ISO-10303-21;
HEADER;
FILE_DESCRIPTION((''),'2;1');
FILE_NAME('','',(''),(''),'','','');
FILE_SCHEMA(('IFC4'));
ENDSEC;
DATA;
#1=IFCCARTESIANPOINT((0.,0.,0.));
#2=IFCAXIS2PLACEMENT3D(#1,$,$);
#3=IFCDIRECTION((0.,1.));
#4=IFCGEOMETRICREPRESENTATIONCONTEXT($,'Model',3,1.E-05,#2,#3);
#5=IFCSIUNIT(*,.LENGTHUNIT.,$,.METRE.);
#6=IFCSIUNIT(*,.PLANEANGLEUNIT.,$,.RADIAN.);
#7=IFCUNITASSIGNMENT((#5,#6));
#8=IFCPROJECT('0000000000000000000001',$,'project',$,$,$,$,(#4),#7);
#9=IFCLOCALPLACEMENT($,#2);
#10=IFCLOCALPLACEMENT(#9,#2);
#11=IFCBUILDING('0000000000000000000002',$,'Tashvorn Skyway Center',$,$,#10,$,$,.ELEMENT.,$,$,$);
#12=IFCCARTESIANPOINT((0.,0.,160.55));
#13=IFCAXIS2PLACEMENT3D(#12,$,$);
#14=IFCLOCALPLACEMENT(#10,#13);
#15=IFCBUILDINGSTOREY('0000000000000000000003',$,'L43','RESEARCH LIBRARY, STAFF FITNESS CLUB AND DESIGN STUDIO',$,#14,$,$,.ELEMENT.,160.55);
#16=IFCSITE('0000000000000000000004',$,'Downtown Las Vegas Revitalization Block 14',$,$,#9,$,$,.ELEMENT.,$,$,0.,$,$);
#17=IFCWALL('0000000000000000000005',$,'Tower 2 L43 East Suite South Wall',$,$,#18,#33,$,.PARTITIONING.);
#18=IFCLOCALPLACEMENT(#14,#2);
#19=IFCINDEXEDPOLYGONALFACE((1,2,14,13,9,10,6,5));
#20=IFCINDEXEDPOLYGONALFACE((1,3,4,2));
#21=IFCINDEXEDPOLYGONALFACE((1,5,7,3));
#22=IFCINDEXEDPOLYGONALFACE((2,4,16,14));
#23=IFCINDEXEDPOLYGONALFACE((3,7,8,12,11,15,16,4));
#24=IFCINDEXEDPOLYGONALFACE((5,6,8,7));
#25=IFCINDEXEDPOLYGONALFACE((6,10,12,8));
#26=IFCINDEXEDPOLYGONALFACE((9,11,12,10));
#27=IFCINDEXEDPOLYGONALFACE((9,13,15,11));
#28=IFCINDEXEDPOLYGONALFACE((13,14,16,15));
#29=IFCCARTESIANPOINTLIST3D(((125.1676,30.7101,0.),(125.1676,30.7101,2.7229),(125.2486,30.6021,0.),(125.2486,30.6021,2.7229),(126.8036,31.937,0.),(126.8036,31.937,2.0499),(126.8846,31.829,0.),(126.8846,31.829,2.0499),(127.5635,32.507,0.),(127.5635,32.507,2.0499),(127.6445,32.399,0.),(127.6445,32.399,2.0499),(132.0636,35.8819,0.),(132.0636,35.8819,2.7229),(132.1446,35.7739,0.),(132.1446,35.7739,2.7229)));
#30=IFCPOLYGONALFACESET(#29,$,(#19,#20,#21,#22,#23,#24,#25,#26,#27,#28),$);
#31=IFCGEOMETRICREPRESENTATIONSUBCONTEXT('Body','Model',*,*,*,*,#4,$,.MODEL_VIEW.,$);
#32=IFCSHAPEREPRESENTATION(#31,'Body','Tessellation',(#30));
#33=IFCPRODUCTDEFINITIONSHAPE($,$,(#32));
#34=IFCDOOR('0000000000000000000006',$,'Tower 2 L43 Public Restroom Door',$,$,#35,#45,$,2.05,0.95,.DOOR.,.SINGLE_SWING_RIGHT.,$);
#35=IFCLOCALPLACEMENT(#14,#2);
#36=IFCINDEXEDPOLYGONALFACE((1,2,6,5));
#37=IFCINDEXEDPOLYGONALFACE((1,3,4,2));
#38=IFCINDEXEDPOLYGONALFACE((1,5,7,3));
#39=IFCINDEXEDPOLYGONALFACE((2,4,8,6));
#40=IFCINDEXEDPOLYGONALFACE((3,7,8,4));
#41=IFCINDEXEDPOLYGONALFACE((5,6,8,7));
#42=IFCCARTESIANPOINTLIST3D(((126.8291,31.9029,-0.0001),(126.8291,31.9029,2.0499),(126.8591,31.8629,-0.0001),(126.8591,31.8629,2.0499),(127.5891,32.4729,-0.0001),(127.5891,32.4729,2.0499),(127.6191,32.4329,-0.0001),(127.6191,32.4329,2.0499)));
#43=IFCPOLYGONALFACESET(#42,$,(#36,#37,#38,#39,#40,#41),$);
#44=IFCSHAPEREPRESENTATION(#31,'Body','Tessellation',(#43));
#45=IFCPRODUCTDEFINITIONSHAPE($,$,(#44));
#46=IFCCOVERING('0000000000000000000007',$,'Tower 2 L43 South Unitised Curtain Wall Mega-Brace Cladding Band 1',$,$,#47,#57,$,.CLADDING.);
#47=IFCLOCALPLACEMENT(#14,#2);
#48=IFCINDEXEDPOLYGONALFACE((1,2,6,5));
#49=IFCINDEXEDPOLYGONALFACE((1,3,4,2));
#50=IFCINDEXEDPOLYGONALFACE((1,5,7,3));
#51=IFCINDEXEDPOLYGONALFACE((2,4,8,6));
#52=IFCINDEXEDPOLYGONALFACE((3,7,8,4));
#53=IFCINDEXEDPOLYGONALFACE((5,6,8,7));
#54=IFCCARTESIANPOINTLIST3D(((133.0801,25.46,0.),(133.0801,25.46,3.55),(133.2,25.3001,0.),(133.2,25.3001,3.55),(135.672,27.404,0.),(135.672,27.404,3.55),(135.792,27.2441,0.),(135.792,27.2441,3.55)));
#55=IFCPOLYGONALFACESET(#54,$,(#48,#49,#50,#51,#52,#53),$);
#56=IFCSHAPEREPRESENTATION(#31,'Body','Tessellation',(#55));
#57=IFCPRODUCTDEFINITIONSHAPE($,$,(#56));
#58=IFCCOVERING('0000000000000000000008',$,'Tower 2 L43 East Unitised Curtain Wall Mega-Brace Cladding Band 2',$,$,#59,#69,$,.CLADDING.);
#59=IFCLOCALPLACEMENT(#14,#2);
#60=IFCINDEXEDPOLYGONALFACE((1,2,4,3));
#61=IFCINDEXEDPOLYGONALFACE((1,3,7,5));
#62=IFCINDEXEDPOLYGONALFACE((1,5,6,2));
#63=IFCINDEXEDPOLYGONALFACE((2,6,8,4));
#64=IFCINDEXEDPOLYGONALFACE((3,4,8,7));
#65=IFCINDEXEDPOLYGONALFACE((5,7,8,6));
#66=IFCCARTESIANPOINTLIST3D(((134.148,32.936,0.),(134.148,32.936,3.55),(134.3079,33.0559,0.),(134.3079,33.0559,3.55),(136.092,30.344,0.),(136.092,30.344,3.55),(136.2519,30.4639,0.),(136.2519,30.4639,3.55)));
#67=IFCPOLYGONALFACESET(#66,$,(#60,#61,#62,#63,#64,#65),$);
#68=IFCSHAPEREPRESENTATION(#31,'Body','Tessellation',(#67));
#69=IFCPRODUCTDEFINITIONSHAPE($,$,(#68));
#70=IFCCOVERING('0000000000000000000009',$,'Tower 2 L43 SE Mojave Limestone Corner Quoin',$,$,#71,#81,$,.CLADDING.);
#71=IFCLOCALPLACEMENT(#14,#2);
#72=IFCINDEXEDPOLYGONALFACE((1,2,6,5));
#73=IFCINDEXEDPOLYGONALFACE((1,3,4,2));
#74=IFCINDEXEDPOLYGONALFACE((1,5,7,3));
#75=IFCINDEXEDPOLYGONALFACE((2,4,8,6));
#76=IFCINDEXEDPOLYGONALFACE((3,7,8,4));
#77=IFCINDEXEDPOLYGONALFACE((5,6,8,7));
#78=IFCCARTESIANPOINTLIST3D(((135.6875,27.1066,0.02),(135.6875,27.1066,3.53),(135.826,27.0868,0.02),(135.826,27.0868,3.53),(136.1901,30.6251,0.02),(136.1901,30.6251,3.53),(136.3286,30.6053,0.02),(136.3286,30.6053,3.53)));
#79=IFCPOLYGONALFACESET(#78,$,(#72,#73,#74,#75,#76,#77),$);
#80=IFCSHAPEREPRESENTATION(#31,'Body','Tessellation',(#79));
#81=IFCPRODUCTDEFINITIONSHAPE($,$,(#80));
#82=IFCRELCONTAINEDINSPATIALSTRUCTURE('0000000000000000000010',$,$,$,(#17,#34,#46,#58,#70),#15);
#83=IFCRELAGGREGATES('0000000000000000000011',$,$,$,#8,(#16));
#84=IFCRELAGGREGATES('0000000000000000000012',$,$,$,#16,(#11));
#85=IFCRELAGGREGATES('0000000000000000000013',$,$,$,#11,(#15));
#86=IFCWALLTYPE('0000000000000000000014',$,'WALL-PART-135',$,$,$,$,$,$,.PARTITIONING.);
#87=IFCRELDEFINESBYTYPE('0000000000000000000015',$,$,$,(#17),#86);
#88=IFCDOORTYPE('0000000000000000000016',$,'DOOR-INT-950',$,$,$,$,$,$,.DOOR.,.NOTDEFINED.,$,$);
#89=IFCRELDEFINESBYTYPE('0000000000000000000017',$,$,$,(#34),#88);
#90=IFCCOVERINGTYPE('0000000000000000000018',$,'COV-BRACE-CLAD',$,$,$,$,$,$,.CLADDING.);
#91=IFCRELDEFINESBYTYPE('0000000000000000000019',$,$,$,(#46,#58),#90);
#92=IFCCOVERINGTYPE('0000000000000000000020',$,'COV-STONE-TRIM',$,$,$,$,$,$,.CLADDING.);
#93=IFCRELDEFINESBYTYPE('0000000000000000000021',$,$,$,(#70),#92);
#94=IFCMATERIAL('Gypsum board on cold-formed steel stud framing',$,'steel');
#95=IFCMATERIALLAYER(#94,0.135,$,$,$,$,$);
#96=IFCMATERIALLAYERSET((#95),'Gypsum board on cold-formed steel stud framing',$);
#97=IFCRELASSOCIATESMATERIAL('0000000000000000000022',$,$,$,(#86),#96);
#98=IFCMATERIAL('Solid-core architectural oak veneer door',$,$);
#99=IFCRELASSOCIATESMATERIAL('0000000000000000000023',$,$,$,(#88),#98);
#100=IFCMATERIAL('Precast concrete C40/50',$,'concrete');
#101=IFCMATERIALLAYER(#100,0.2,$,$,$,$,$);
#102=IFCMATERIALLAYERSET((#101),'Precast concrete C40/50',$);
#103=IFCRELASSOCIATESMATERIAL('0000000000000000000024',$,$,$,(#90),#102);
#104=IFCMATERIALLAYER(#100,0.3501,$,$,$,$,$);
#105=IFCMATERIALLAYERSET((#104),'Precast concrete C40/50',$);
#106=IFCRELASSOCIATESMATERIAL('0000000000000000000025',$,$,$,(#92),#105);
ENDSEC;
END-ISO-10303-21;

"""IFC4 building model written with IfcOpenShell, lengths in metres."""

from ifc_helpers import new_model, si_unit, direction, frame, frame_2d, origin, origin_2d, place, context, subcontext, project, spatial, rectangle, extrude, material, layer, layer_set, type_object, element, fill, save


model = new_model("IFC4")

# Units and contexts
model_context = context("Model", 3, precision=1e-05, world=origin(), true_north=direction((0.0, 1.0)))
body_context = subcontext(model_context, "Body", "Model", "MODEL_VIEW")
ifc_project = project(units=[si_unit("LENGTHUNIT", "METRE"), si_unit("PLANEANGLEUNIT", "RADIAN")], contexts=[model_context])

# Site, building, storey
site_placement = place(None, origin())
site = spatial("IfcSite", under=ifc_project, at=site_placement, Name="Downtown Las Vegas Revitalization Block 14", CompositionType="ELEMENT", RefElevation=0.0)
building_placement = place(site_placement, origin())
building = spatial("IfcBuilding", under=site, at=building_placement, Name="Tashvorn Skyway Center", CompositionType="ELEMENT")
storey_placement = place(building_placement, frame((0.0, 0.0, 160.55)))
storey = spatial("IfcBuildingStorey", under=building, at=storey_placement, Name="L43", Description="RESEARCH LIBRARY, STAFF FITNESS CLUB AND DESIGN STUDIO", CompositionType="ELEMENT", Elevation=160.55)

# Shared definitions
ifc_material_1 = material(Name="Precast concrete C40/50", Category="concrete")

# Shared definitions
ifc_material_2 = material(Name="Gypsum board on cold-formed steel stud framing", Category="steel")
ifc_layer_1 = layer(ifc_material_2, 0.135)
ifc_layer_set_1 = layer_set([ifc_layer_1], Name="Gypsum board on cold-formed steel stud framing")
wall_type_1 = type_object("IfcWallType", Name="WALL-PART-135", PredefinedType="PARTITIONING", material=ifc_layer_set_1)
ifc_material_3 = material(Name="Solid-core architectural oak veneer door")
door_type_1 = type_object("IfcDoorType", Name="DOOR-INT-950", OperationType="NOTDEFINED", PredefinedType="DOOR", material=ifc_material_3)

# Wall, opening, door
wall_1_placement = place(storey_placement, frame((125.208, 30.656, 0.0), z_axis=(0.0, 0.0, 1.0), x_axis=(0.800007, 0.599991, 0.0)))
wall_1 = element("IfcWall", 1, at=wall_1_placement, inside=storey, type_object=wall_type_1, Name="Tower 2 L43 East Suite South Wall", PredefinedType="PARTITIONING", context=body_context, shape_type="SweptSolid", body=[
    extrude(rectangle(XDim=8.6199, YDim=0.135, at=frame_2d((4.3101, 0.0))), origin(), (0.0, 0.0, 1.0), 2.7229),
])
opening_1_placement = place(wall_1_placement, frame((2.0449, 0.0, 0.0)))
opening_1 = element("IfcOpeningElement", 2, at=opening_1_placement, cuts=wall_1, PredefinedType="OPENING", context=body_context, shape_type="SweptSolid", body=[
    extrude(rectangle(XDim=0.95, YDim=2.05, at=frame_2d((0.4751, 1.0249))), frame((0.0, 0.0774, 0.0), z_axis=(0.0, -1.0, 0.0), x_axis=(1.0, 0.0, 0.0)), (0.0, 0.0, 1.0), 0.155),
])
door_1_placement = place(opening_1_placement, origin())
door_1 = element("IfcDoor", 3, at=door_1_placement, inside=storey, type_object=door_type_1, Name="Tower 2 L43 Public Restroom Door", OperationType="SINGLE_SWING_RIGHT", OverallHeight=2.05, OverallWidth=0.95, PredefinedType="DOOR", context=body_context, shape_type="SweptSolid", body=[
    extrude(rectangle(XDim=0.95, YDim=2.05, at=frame_2d((0.4751, 1.0249))), frame((0.0, 0.0249, 0.0), z_axis=(0.0, -1.0, 0.0), x_axis=(1.0, 0.0, 0.0)), (0.0, 0.0, 1.0), 0.05),
])
fill(opening_1, door_1)

# Coverings
ifc_layer_2 = layer(ifc_material_1, 0.2)
ifc_layer_set_2 = layer_set([ifc_layer_2], Name="Precast concrete C40/50")
covering_type_1 = type_object("IfcCoveringType", Name="COV-BRACE-CLAD", PredefinedType="CLADDING", material=ifc_layer_set_2)
for number, where, z_axis, x_axis, name in (
    (4, (134.436, 26.3521, 0.0), (0.0, 0.0, 1.0), (-0.8, -0.6, 0.0), "Tower 2 L43 South Unitised Curtain Wall Mega-Brace Cladding Band 1"),
    (5, (135.2, 31.7, 0.0), (0.0, 0.0, 1.0), (0.6, -0.8, 0.0), "Tower 2 L43 East Unitised Curtain Wall Mega-Brace Cladding Band 2"),
):
    element("IfcCovering", number, at=place(storey_placement, frame(where, z_axis=z_axis, x_axis=x_axis)), inside=storey, type_object=covering_type_1, Name=name, PredefinedType="CLADDING", context=body_context, shape_type="SweptSolid", body=[
        extrude(rectangle(XDim=3.24, YDim=0.2, at=origin_2d()), origin(), (0.0, 0.0, 1.0), 3.55),
    ])
ifc_layer_3 = layer(ifc_material_1, 0.3501)
ifc_layer_set_3 = layer_set([ifc_layer_3], Name="Precast concrete C40/50")
covering_type_2 = type_object("IfcCoveringType", Name="COV-STONE-TRIM", PredefinedType="CLADDING", material=ifc_layer_set_3)
covering_placement = place(storey_placement, frame((136.0081, 28.856, 0.02), z_axis=(0.0, 0.0, 1.0), x_axis=(0.141421, 0.989949, 0.0)))
element("IfcCovering", 6, at=covering_placement, inside=storey, type_object=covering_type_2, Name="Tower 2 L43 SE Mojave Limestone Corner Quoin", PredefinedType="CLADDING", context=body_context, shape_type="SweptSolid", body=[
    extrude(rectangle(XDim=3.5542, YDim=0.1399, at=origin_2d()), origin(), (0.0, 0.0, 1.0), 3.51),
])

save(model, "model.ifc")
